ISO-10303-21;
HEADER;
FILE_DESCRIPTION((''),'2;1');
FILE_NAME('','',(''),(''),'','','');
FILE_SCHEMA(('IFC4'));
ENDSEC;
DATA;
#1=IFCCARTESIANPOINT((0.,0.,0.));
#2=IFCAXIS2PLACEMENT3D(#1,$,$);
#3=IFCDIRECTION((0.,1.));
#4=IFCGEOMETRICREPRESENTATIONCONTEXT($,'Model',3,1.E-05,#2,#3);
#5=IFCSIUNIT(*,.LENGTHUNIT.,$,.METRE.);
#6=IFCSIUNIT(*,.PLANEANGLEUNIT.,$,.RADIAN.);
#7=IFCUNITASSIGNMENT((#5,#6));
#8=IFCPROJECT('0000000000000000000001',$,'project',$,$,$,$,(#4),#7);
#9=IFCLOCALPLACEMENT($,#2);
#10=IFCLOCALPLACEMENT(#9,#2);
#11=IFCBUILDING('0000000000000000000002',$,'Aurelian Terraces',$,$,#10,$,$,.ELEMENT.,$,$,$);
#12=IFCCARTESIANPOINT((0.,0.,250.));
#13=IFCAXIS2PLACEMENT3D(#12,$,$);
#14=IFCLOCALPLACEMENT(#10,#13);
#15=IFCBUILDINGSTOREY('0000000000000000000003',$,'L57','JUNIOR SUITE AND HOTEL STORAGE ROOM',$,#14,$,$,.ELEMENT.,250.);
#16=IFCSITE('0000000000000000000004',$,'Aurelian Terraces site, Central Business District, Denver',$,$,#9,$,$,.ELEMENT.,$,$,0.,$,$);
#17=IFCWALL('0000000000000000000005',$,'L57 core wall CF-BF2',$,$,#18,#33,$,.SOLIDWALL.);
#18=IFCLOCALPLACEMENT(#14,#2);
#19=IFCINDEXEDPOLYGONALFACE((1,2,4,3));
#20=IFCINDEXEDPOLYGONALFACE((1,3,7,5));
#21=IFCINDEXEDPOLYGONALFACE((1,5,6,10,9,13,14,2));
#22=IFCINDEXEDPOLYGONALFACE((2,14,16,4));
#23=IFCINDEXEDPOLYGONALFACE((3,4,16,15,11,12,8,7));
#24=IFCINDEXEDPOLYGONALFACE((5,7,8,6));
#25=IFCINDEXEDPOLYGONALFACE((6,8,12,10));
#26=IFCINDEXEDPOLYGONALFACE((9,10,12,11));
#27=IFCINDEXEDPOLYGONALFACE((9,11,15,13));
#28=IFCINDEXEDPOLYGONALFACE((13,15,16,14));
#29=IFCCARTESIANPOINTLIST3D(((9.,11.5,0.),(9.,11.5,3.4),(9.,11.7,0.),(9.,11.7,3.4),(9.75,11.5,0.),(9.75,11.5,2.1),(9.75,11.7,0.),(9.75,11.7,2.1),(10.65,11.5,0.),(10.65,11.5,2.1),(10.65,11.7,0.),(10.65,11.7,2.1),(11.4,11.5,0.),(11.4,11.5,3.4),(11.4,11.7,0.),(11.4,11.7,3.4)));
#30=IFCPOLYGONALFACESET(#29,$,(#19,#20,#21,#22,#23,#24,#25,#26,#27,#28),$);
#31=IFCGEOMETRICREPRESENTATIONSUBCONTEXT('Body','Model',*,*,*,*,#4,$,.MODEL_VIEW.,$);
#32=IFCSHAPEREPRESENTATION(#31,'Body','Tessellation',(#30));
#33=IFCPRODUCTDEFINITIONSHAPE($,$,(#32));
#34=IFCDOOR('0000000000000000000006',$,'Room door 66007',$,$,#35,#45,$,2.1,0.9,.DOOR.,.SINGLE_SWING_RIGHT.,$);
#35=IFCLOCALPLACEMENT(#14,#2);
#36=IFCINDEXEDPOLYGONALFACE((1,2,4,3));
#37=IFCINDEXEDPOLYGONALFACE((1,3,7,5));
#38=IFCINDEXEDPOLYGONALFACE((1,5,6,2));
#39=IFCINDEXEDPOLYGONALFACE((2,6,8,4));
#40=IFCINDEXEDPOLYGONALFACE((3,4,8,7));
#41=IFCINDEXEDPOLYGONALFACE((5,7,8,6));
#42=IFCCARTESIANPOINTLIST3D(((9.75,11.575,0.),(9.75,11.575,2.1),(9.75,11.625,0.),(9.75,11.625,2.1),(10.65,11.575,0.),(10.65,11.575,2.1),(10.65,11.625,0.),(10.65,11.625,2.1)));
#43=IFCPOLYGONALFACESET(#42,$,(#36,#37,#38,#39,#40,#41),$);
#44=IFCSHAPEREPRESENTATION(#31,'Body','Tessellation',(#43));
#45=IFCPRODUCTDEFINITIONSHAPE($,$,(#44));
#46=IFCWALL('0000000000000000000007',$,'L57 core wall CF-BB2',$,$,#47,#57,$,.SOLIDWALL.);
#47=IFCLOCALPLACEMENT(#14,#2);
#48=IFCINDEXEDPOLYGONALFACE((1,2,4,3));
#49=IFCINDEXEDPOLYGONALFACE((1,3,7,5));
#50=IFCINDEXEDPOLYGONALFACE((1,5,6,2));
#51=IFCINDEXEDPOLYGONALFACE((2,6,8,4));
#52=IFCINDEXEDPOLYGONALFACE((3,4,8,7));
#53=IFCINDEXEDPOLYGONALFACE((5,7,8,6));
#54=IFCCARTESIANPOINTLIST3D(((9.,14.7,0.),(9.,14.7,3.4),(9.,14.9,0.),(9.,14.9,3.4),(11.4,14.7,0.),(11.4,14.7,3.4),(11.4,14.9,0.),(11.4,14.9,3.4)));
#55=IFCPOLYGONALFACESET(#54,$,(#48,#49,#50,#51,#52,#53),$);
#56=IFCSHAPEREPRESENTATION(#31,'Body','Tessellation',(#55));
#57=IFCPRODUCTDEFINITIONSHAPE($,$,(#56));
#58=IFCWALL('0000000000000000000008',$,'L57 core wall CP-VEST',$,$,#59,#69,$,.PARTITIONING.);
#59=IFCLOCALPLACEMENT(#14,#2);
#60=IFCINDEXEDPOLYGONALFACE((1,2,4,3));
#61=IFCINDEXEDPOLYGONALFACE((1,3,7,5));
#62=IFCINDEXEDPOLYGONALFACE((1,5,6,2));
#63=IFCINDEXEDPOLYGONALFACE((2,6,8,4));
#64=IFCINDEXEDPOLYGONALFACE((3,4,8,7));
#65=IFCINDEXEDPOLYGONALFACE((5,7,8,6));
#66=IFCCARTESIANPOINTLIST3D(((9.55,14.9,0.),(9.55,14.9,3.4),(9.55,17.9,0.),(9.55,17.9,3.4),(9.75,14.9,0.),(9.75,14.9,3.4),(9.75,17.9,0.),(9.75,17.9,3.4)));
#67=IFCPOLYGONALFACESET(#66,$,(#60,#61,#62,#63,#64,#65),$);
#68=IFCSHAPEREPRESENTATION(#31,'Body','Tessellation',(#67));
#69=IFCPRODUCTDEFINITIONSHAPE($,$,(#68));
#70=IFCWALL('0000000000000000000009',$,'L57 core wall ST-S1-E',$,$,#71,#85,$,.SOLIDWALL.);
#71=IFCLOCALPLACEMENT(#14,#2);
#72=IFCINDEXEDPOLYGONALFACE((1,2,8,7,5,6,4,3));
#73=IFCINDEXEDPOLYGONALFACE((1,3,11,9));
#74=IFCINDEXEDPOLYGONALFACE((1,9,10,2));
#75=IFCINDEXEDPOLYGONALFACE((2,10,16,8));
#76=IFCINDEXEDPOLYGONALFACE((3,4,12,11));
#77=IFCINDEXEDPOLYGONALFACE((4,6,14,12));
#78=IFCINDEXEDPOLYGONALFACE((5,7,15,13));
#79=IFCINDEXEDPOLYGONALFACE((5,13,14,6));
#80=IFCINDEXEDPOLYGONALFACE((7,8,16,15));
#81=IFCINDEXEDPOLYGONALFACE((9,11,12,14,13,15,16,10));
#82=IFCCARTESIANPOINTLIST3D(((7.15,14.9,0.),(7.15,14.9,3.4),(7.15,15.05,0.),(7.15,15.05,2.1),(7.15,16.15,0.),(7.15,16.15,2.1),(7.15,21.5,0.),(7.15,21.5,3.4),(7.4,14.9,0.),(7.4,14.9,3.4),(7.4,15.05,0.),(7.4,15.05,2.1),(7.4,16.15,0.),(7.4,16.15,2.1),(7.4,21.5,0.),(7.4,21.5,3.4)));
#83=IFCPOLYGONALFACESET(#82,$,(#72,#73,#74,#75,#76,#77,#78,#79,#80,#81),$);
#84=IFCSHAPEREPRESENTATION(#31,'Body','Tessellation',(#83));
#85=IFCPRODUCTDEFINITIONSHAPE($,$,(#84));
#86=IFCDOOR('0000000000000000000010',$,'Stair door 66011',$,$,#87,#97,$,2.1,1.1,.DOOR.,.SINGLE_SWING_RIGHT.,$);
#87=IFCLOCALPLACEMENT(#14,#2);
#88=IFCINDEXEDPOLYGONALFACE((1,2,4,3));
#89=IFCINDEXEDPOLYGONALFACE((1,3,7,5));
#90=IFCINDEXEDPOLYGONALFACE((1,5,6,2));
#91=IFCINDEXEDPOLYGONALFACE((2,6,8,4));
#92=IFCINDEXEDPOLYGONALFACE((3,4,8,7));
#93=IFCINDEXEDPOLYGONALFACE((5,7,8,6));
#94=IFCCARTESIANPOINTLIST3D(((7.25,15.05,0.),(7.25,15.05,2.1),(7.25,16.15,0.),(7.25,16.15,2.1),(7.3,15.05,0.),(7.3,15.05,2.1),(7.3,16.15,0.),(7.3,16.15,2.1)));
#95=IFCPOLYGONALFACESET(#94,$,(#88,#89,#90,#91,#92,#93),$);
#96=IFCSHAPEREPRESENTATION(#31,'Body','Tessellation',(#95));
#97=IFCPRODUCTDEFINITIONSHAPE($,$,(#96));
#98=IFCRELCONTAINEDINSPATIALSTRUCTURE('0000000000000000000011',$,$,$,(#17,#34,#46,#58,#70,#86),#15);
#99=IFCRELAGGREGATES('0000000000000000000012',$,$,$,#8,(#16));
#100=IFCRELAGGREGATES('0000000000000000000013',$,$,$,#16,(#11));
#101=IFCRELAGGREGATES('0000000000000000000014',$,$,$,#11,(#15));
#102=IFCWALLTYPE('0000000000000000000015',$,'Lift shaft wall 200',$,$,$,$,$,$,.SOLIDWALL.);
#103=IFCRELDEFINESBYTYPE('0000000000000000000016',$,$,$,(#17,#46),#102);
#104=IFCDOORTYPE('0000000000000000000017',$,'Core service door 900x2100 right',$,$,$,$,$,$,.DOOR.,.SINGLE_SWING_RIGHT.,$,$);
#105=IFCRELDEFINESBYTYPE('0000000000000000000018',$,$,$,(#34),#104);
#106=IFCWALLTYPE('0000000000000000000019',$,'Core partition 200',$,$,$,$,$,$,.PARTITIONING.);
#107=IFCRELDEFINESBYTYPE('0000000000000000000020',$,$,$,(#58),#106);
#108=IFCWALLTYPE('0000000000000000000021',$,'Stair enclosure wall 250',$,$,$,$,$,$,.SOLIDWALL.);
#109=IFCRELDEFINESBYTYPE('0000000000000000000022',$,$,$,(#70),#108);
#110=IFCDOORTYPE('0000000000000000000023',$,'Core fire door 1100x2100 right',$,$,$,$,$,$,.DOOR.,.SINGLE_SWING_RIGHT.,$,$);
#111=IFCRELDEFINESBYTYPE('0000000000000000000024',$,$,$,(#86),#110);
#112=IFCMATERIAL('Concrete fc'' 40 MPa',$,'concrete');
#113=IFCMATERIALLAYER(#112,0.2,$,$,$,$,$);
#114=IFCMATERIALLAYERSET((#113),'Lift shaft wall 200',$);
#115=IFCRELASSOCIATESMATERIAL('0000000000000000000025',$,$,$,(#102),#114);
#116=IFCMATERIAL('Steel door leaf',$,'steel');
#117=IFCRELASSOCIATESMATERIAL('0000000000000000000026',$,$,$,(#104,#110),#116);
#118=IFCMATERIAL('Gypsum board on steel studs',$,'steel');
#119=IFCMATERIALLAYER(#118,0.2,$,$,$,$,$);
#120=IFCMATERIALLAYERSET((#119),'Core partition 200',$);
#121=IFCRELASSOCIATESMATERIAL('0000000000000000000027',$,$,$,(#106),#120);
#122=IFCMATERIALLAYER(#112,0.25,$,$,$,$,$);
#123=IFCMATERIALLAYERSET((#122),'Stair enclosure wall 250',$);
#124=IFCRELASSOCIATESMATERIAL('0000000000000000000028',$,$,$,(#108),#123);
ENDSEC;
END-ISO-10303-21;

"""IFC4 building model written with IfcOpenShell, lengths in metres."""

from ifc_helpers import new_model, si_unit, direction, frame, frame_2d, origin, place, context, subcontext, project, spatial, rectangle, extrude, source, transform, mapped, material, layer, layer_set, type_object, element, fill, save


model = new_model("IFC4")

# Units and contexts
model_context = context("Model", 3, precision=1e-05, world=origin(), true_north=direction((0.0, 1.0)))
body_context = subcontext(model_context, "Body", "Model", "MODEL_VIEW")
ifc_project = project(units=[si_unit("LENGTHUNIT", "METRE"), si_unit("PLANEANGLEUNIT", "RADIAN")], contexts=[model_context])

# Site, building, storey
site_placement = place(None, origin())
site = spatial("IfcSite", under=ifc_project, at=site_placement, Name="Aurelian Terraces site, Central Business District, Denver", CompositionType="ELEMENT", RefElevation=0.0)
building_placement = place(site_placement, origin())
building = spatial("IfcBuilding", under=site, at=building_placement, Name="Aurelian Terraces", CompositionType="ELEMENT")
storey_placement = place(building_placement, frame((0.0, 0.0, 250.0)))
storey = spatial("IfcBuildingStorey", under=building, at=storey_placement, Name="L57", Description="JUNIOR SUITE AND HOTEL STORAGE ROOM", CompositionType="ELEMENT", Elevation=250.0)

# Shared definitions
ifc_material_1 = material(Name="Concrete fc' 40 MPa", Category="concrete")

# Shared definitions
ifc_layer_1 = layer(ifc_material_1, 0.2)
ifc_layer_set_1 = layer_set([ifc_layer_1], Name="Lift shaft wall 200")
wall_type_1 = type_object("IfcWallType", Name="Lift shaft wall 200", PredefinedType="SOLIDWALL", material=ifc_layer_set_1)

# Shared definitions
shared_shape_1 = source(origin(), body_context, "Body", "SweptSolid", [
    extrude(rectangle(XDim=1.1, YDim=2.1, at=frame_2d((0.55, 1.05))), frame((0.0, 0.025, 0.0), z_axis=(0.0, -1.0, 0.0), x_axis=(1.0, 0.0, 0.0)), (0.0, 0.0, 1.0), 0.05),
])

# Wall, opening, door
shared_shape_2 = source(origin(), body_context, "Body", "SweptSolid", [
    extrude(rectangle(XDim=2.4, YDim=0.2, at=frame_2d((1.2, 0.0))), origin(), (0.0, 0.0, 1.0), 3.4),
])
wall_1_placement = place(storey_placement, frame((9.0, 11.6, 0.0), z_axis=(0.0, 0.0, 1.0), x_axis=(1.0, 0.0, 0.0)))
wall_1 = element("IfcWall", 1, at=wall_1_placement, inside=storey, type_object=wall_type_1, Name="L57 core wall CF-BF2", PredefinedType="SOLIDWALL", context=body_context, shape_type="MappedRepresentation", body=[
    mapped(shared_shape_2, transform((0.0, 0.0, 0.0), scale=1.0)),
])
shared_shape_3 = source(origin(), body_context, "Body", "SweptSolid", [
    extrude(rectangle(XDim=0.9, YDim=2.1, at=frame_2d((0.45, 1.05))), frame((0.0, 0.11, 0.0), z_axis=(0.0, -1.0, 0.0), x_axis=(1.0, 0.0, 0.0)), (0.0, 0.0, 1.0), 0.22),
])
opening_1_placement = place(wall_1_placement, frame((0.75, 0.0, 0.0)))
opening_1 = element("IfcOpeningElement", 2, at=opening_1_placement, cuts=wall_1, PredefinedType="OPENING", context=body_context, shape_type="MappedRepresentation", body=[
    mapped(shared_shape_3, transform((0.0, 0.0, 0.0), scale=1.0)),
])
ifc_material_2 = material(Name="Steel door leaf", Category="steel")
door_type_1 = type_object("IfcDoorType", Name="Core service door 900x2100 right", OperationType="SINGLE_SWING_RIGHT", PredefinedType="DOOR", material=ifc_material_2)
shared_shape_4 = source(origin(), body_context, "Body", "SweptSolid", [
    extrude(rectangle(XDim=0.9, YDim=2.1, at=frame_2d((0.45, 1.05))), frame((0.0, 0.025, 0.0), z_axis=(0.0, -1.0, 0.0), x_axis=(1.0, 0.0, 0.0)), (0.0, 0.0, 1.0), 0.05),
])
door_1_placement = place(opening_1_placement, origin())
door_1 = element("IfcDoor", 3, at=door_1_placement, inside=storey, type_object=door_type_1, Name="Room door 66007", OperationType="SINGLE_SWING_RIGHT", OverallHeight=2.1, OverallWidth=0.9, PredefinedType="DOOR", context=body_context, shape_type="MappedRepresentation", body=[
    mapped(shared_shape_4, transform((0.0, 0.0, 0.0), scale=1.0)),
])
fill(opening_1, door_1)

# Walls
wall_2_placement = place(storey_placement, frame((9.0, 14.8, 0.0), z_axis=(0.0, 0.0, 1.0), x_axis=(1.0, 0.0, 0.0)))
element("IfcWall", 4, at=wall_2_placement, inside=storey, type_object=wall_type_1, Name="L57 core wall CF-BB2", PredefinedType="SOLIDWALL", context=body_context, shape_type="MappedRepresentation", body=[
    mapped(shared_shape_2, transform((0.0, 0.0, 0.0), scale=1.0)),
])
ifc_material_3 = material(Name="Gypsum board on steel studs", Category="steel")
ifc_layer_2 = layer(ifc_material_3, 0.2)
ifc_layer_set_2 = layer_set([ifc_layer_2], Name="Core partition 200")
wall_type_2 = type_object("IfcWallType", Name="Core partition 200", PredefinedType="PARTITIONING", material=ifc_layer_set_2)
shared_shape_5 = source(origin(), body_context, "Body", "SweptSolid", [
    extrude(rectangle(XDim=3.0, YDim=0.2, at=frame_2d((1.5, 0.0))), origin(), (0.0, 0.0, 1.0), 3.4),
])
wall_3_placement = place(storey_placement, frame((9.65, 14.9, 0.0), z_axis=(0.0, 0.0, 1.0), x_axis=(0.0, 1.0, 0.0)))
element("IfcWall", 5, at=wall_3_placement, inside=storey, type_object=wall_type_2, Name="L57 core wall CP-VEST", PredefinedType="PARTITIONING", context=body_context, shape_type="MappedRepresentation", body=[
    mapped(shared_shape_5, transform((0.0, 0.0, 0.0), scale=1.0)),
])

# Wall, opening, door
ifc_layer_3 = layer(ifc_material_1, 0.25)
ifc_layer_set_3 = layer_set([ifc_layer_3], Name="Stair enclosure wall 250")
wall_type_3 = type_object("IfcWallType", Name="Stair enclosure wall 250", PredefinedType="SOLIDWALL", material=ifc_layer_set_3)
shared_shape_6 = source(origin(), body_context, "Body", "SweptSolid", [
    extrude(rectangle(XDim=6.6, YDim=0.25, at=frame_2d((3.3, 0.0))), origin(), (0.0, 0.0, 1.0), 3.4),
])
wall_4_placement = place(storey_placement, frame((7.275, 14.9, 0.0), z_axis=(0.0, 0.0, 1.0), x_axis=(0.0, 1.0, 0.0)))
wall_4 = element("IfcWall", 6, at=wall_4_placement, inside=storey, type_object=wall_type_3, Name="L57 core wall ST-S1-E", PredefinedType="SOLIDWALL", context=body_context, shape_type="MappedRepresentation", body=[
    mapped(shared_shape_6, transform((0.0, 0.0, 0.0), scale=1.0)),
])
shared_shape_7 = source(origin(), body_context, "Body", "SweptSolid", [
    extrude(rectangle(XDim=1.1, YDim=2.1, at=frame_2d((0.55, 1.05))), frame((0.0, 0.135, 0.0), z_axis=(0.0, -1.0, 0.0), x_axis=(1.0, 0.0, 0.0)), (0.0, 0.0, 1.0), 0.27),
])
opening_2_placement = place(wall_4_placement, frame((0.15, 0.0, 0.0)))
opening_2 = element("IfcOpeningElement", 7, at=opening_2_placement, cuts=wall_4, PredefinedType="OPENING", context=body_context, shape_type="MappedRepresentation", body=[
    mapped(shared_shape_7, transform((0.0, 0.0, 0.0), scale=1.0)),
])
door_type_2 = type_object("IfcDoorType", Name="Core fire door 1100x2100 right", OperationType="SINGLE_SWING_RIGHT", PredefinedType="DOOR", material=ifc_material_2)
door_2_placement = place(opening_2_placement, origin())
door_2 = element("IfcDoor", 8, at=door_2_placement, inside=storey, type_object=door_type_2, Name="Stair door 66011", OperationType="SINGLE_SWING_RIGHT", OverallHeight=2.1, OverallWidth=1.1, PredefinedType="DOOR", context=body_context, shape_type="MappedRepresentation", body=[
    mapped(shared_shape_1, transform((0.0, 0.0, 0.0), scale=1.0)),
])
fill(opening_2, door_2)

save(model, "model.ifc")
